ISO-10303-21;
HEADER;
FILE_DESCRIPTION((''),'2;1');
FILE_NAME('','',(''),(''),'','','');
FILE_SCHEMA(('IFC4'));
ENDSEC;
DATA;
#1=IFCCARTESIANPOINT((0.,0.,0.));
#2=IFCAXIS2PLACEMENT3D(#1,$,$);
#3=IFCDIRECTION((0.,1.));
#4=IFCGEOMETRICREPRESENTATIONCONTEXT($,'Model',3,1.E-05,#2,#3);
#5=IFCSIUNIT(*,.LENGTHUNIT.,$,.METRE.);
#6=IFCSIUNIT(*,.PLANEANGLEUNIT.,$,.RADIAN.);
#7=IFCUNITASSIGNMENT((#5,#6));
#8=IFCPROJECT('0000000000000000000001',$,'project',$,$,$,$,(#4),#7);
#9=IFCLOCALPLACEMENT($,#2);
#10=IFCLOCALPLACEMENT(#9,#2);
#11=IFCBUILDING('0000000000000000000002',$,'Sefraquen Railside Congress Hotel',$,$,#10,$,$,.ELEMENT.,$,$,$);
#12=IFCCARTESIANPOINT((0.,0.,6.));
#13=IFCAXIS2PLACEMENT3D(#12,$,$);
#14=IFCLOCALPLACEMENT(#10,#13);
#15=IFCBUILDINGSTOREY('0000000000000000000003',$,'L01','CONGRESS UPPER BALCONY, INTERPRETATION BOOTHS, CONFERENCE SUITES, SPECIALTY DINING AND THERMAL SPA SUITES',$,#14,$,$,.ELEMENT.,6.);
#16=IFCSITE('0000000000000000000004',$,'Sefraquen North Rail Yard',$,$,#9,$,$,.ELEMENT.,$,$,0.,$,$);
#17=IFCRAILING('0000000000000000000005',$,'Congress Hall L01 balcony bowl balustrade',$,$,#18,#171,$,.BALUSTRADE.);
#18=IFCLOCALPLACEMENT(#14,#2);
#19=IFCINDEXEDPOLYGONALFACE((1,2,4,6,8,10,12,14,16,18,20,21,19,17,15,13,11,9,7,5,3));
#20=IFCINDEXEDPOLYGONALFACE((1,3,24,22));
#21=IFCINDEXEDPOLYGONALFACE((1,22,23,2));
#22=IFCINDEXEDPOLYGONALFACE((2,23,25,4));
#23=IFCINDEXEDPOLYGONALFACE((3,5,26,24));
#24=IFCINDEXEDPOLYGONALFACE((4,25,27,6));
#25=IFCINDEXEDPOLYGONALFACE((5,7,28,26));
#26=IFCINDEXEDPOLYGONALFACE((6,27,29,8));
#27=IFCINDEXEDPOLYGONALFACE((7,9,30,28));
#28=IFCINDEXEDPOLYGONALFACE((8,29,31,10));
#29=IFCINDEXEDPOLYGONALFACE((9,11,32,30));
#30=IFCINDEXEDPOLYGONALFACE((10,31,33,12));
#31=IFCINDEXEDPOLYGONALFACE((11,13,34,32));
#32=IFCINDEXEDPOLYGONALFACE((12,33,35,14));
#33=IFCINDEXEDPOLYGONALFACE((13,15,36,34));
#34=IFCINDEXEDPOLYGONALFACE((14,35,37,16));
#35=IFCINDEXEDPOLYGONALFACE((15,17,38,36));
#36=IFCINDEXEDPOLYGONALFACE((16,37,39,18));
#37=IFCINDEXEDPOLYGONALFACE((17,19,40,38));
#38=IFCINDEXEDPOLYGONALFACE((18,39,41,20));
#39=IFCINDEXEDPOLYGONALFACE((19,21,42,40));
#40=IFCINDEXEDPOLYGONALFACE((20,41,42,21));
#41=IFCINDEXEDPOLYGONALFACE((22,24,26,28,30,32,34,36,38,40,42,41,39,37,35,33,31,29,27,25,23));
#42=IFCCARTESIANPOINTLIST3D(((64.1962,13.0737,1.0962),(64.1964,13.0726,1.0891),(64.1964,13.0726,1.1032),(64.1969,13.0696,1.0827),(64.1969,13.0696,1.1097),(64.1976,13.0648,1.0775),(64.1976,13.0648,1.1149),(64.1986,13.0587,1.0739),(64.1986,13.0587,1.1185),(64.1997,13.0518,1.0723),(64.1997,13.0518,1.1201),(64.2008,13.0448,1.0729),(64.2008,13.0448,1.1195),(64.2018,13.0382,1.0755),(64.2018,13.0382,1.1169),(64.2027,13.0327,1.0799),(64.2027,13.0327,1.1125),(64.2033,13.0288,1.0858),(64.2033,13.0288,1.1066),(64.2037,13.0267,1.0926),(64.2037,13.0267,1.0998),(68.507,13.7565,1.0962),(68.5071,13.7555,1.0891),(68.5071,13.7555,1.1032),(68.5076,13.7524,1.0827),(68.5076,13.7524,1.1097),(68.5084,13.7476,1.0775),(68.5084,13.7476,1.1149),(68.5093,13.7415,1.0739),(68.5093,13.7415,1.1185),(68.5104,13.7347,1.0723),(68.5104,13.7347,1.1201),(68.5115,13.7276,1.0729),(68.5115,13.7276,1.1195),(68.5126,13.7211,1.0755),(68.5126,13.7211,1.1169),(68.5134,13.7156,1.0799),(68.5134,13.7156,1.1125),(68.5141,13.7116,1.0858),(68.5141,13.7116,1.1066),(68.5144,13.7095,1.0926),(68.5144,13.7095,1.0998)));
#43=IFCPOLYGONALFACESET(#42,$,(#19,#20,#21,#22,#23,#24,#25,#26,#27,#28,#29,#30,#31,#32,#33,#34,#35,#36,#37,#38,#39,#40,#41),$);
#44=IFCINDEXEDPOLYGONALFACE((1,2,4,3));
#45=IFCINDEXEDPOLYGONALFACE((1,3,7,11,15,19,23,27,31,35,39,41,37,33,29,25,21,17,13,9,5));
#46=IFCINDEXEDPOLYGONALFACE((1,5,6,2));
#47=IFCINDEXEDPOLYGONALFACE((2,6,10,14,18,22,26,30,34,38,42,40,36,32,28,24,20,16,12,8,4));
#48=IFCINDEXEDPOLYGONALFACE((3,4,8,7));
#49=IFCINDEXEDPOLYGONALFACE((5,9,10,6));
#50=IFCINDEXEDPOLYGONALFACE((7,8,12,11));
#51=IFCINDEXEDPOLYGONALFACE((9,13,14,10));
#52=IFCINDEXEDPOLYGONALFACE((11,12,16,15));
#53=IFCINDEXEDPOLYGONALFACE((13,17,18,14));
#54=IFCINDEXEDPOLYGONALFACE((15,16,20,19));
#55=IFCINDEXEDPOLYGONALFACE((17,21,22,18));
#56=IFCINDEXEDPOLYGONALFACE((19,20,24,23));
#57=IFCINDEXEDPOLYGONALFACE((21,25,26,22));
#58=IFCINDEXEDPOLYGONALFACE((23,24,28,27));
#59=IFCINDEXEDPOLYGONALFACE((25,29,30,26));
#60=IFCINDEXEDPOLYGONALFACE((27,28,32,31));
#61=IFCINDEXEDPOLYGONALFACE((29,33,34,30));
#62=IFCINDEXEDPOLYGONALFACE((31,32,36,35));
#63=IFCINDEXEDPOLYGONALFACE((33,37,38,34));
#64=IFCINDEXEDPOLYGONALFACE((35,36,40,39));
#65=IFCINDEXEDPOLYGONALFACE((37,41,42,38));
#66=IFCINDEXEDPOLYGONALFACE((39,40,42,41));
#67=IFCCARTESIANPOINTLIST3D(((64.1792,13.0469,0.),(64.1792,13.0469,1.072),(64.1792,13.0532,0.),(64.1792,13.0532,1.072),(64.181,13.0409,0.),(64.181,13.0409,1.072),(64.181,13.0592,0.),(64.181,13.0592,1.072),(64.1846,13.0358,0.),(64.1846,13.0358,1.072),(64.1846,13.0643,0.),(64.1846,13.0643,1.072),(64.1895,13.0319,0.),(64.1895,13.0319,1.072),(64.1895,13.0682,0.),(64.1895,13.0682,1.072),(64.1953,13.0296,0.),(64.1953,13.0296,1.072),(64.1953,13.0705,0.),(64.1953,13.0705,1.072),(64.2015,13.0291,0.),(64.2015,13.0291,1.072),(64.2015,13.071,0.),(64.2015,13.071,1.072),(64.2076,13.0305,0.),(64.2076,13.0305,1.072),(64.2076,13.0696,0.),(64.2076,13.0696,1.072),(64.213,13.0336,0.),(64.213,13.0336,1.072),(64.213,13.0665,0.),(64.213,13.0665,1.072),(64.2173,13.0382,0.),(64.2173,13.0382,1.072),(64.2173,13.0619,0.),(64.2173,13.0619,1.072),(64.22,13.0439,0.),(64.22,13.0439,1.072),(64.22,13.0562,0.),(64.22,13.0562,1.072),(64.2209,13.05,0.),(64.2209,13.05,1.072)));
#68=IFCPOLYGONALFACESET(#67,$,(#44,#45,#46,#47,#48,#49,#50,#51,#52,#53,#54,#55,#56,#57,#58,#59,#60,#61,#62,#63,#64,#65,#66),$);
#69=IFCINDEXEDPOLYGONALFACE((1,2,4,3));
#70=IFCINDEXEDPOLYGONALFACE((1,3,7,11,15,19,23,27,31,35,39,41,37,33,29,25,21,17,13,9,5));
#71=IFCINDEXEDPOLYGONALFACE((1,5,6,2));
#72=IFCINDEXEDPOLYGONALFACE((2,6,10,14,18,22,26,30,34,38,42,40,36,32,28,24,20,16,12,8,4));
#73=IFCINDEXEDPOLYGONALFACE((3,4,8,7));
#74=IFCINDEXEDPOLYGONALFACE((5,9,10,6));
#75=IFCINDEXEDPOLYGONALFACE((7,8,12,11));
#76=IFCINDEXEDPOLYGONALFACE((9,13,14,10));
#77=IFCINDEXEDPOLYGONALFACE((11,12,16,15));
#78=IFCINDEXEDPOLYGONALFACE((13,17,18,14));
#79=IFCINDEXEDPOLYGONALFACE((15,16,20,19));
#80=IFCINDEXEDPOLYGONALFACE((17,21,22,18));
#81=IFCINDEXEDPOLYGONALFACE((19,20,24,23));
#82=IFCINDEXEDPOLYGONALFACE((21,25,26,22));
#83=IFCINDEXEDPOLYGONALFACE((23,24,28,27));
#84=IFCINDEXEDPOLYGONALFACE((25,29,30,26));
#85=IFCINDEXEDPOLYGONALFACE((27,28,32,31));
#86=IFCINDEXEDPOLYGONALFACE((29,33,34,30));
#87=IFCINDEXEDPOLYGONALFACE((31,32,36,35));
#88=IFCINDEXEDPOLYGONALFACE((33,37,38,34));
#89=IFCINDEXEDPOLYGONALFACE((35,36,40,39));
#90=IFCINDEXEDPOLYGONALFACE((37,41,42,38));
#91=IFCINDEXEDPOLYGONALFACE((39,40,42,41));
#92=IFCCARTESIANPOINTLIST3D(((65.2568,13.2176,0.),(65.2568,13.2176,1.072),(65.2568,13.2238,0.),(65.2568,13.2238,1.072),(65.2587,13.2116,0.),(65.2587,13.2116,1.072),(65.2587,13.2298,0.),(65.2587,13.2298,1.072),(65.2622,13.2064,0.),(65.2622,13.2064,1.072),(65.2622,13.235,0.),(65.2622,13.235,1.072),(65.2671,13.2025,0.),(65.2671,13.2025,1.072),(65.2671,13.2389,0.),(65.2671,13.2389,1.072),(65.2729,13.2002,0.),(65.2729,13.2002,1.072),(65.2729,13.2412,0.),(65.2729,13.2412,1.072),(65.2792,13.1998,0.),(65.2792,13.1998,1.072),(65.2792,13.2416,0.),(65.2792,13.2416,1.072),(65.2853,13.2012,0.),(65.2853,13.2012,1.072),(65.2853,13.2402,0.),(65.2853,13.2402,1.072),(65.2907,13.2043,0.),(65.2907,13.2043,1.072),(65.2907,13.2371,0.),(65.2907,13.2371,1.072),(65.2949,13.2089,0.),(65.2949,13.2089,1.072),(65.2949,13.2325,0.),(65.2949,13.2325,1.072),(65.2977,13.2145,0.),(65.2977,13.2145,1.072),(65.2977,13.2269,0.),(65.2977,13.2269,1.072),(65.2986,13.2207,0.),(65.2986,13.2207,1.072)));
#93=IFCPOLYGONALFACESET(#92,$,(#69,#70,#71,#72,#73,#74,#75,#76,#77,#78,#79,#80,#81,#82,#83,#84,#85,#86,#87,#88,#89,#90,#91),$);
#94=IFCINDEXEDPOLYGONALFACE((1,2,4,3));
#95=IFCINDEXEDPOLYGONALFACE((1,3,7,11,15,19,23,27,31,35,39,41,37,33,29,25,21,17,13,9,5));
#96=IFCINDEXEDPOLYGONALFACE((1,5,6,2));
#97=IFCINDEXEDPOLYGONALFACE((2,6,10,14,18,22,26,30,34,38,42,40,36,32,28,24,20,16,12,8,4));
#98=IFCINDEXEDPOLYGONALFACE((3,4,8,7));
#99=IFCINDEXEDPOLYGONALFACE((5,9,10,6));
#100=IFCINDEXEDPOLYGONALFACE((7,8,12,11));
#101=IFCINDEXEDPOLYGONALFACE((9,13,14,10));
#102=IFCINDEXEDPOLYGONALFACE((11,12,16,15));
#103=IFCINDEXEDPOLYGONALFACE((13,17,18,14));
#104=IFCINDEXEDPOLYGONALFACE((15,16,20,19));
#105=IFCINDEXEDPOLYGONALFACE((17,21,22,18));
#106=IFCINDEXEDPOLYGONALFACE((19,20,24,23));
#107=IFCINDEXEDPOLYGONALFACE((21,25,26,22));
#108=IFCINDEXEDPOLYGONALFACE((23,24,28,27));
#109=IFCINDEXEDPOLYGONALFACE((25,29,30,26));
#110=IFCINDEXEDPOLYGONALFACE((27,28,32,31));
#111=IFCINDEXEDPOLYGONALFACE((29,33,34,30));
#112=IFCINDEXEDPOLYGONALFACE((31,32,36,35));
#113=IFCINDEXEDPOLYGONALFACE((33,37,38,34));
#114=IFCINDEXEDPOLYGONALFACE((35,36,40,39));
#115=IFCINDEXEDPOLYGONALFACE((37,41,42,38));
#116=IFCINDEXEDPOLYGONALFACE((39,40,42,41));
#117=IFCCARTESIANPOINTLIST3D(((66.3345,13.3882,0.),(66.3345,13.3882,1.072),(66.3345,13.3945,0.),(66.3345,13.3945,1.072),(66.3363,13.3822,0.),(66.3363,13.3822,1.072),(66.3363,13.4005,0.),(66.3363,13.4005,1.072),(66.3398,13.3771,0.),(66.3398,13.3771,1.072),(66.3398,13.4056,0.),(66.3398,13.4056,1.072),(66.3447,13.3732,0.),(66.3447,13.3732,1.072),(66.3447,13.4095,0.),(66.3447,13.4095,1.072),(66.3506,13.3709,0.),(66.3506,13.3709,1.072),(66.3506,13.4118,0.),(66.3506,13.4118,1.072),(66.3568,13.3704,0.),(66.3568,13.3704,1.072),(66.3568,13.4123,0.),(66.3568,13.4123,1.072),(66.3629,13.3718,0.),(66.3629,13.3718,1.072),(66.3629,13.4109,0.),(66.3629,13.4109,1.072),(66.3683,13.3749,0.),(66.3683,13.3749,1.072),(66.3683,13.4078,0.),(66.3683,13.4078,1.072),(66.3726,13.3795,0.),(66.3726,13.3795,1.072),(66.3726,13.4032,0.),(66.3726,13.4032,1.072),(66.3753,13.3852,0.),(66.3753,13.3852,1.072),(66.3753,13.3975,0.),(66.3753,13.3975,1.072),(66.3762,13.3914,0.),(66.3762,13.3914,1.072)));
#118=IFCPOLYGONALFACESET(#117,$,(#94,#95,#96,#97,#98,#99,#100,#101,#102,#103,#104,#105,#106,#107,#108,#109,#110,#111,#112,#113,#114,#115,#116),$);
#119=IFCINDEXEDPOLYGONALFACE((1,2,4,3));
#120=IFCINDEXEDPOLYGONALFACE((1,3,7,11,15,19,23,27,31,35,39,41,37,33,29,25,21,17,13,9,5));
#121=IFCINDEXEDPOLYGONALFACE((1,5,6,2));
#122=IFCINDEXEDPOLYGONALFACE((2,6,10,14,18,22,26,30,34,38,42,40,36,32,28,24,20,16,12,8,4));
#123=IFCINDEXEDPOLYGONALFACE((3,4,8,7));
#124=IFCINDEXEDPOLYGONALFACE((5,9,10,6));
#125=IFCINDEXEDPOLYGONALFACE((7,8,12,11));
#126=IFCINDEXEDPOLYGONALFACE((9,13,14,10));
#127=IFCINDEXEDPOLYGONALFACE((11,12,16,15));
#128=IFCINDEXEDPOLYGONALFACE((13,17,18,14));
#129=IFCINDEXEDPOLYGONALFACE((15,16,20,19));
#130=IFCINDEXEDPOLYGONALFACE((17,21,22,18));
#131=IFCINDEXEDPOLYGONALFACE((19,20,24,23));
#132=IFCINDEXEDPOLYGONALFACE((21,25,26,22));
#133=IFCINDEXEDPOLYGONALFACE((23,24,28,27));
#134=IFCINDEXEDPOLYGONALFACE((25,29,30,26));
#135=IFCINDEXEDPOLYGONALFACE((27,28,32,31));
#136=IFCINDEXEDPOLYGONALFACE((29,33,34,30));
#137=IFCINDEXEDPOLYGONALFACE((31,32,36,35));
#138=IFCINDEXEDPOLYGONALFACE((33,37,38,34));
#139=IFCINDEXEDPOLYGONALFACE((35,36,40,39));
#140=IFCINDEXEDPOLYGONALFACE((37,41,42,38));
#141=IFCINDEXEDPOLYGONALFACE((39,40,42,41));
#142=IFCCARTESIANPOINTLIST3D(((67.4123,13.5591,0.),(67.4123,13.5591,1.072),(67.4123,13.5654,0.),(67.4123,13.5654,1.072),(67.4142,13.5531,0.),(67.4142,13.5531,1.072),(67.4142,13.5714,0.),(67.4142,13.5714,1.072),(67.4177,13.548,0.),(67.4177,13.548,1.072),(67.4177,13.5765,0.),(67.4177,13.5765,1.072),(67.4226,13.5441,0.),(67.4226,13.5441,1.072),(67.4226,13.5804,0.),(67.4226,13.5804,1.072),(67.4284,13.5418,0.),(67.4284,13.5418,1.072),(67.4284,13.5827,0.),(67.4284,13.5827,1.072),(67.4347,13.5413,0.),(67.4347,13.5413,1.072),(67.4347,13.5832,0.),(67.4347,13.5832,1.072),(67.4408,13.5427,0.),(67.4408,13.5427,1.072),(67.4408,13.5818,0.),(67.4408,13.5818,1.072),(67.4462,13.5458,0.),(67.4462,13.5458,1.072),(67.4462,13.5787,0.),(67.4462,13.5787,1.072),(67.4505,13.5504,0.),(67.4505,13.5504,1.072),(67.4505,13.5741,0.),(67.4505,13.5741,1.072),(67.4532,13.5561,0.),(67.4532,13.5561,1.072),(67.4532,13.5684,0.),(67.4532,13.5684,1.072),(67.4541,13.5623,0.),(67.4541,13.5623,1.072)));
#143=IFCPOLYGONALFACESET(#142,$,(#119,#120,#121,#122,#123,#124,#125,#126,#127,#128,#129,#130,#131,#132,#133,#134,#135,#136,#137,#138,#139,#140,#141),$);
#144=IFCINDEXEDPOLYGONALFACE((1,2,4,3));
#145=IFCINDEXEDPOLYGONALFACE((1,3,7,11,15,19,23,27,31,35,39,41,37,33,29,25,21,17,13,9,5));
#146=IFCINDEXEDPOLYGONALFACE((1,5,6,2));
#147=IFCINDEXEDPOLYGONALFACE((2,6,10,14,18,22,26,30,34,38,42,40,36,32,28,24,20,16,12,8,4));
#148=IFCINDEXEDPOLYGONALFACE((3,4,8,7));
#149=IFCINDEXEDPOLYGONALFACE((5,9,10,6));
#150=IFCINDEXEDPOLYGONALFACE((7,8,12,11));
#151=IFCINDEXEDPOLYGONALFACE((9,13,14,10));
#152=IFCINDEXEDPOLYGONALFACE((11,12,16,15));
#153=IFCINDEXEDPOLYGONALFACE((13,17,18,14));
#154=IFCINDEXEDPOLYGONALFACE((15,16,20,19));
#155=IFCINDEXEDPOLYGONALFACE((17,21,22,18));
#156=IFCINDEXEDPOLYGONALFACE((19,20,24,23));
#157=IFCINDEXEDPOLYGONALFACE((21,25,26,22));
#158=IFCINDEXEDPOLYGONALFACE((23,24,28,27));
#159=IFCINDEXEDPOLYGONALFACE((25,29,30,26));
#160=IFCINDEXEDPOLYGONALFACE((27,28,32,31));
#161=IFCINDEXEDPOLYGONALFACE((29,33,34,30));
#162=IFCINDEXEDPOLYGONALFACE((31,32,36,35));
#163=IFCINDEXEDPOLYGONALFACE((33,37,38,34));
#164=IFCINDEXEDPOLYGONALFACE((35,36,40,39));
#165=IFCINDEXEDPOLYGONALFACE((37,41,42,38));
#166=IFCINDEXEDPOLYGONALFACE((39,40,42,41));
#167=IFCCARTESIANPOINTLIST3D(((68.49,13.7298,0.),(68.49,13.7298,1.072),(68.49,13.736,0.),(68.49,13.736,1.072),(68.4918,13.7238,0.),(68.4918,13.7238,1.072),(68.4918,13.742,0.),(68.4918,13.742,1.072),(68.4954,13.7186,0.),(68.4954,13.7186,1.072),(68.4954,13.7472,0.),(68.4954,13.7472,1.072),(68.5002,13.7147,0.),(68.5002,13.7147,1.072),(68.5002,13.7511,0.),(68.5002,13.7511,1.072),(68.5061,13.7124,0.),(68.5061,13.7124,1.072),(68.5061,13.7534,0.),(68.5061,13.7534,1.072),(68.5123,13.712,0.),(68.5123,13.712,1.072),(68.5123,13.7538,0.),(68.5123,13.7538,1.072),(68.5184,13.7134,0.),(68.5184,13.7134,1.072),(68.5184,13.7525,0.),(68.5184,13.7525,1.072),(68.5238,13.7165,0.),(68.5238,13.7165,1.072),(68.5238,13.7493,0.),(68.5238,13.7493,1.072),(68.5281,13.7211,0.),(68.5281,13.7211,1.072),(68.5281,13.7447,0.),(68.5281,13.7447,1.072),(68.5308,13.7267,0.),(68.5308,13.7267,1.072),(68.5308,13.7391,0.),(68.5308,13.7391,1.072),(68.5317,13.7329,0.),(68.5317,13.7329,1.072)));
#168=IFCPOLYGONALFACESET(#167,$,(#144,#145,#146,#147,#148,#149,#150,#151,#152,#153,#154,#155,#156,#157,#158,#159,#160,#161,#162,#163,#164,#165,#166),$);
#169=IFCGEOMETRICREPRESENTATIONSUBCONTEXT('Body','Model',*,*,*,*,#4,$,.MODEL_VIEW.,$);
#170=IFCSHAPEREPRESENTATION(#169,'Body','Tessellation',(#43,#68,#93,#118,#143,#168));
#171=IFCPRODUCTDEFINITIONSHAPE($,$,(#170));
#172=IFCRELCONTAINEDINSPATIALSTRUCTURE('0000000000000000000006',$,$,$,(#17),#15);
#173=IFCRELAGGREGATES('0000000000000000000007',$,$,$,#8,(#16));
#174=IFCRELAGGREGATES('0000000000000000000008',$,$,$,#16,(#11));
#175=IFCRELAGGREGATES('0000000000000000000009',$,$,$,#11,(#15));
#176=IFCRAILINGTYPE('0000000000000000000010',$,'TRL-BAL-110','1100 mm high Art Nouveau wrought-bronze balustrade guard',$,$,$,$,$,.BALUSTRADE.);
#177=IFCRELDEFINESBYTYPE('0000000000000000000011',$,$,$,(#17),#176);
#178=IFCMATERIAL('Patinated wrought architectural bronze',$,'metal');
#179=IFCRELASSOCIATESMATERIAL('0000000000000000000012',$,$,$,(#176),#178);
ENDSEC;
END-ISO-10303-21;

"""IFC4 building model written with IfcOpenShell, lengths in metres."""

from ifc_helpers import new_model, si_unit, direction, frame, origin, origin_2d, place, context, subcontext, project, spatial, circle, extrude, material, type_object, element, save


model = new_model("IFC4")

# Units and contexts
model_context = context("Model", 3, precision=1e-05, world=origin(), true_north=direction((0.0, 1.0)))
body_context = subcontext(model_context, "Body", "Model", "MODEL_VIEW")
ifc_project = project(units=[si_unit("LENGTHUNIT", "METRE"), si_unit("PLANEANGLEUNIT", "RADIAN")], contexts=[model_context])

# Site, building, storey
site_placement = place(None, origin())
site = spatial("IfcSite", under=ifc_project, at=site_placement, Name="Sefraquen North Rail Yard", CompositionType="ELEMENT", RefElevation=0.0)
building_placement = place(site_placement, origin())
building = spatial("IfcBuilding", under=site, at=building_placement, Name="Sefraquen Railside Congress Hotel", CompositionType="ELEMENT")
storey_placement = place(building_placement, frame((0.0, 0.0, 6.0)))
storey = spatial("IfcBuildingStorey", under=building, at=storey_placement, Name="L01", Description="CONGRESS UPPER BALCONY, INTERPRETATION BOOTHS, CONFERENCE SUITES, SPECIALTY DINING AND THERMAL SPA SUITES", CompositionType="ELEMENT", Elevation=6.0)

# Railing
ifc_material_1 = material(Name="Patinated wrought architectural bronze", Category="metal")
railing_type = type_object("IfcRailingType", Name="TRL-BAL-110", Description="1100 mm high Art Nouveau wrought-bronze balustrade guard", PredefinedType="BALUSTRADE", material=ifc_material_1)
railing_1_placement = place(storey_placement, frame((64.2, 13.05, 0.0)))
element("IfcRailing", 1, at=railing_1_placement, inside=storey, type_object=railing_type, Name="Congress Hall L01 balcony bowl balustrade", PredefinedType="BALUSTRADE", context=body_context, shape_type="SweptSolid", body=[
    extrude(circle(Radius=0.0239, at=origin_2d()), frame((0.0, 0.0, 1.0962), z_axis=(0.987685, 0.156457, 0.0), x_axis=(-0.156457, 0.987685, 0.0)), (0.0, 0.0, 1.0), 4.3645),
    extrude(circle(Radius=0.021, at=origin_2d()), origin(), (0.0, 0.0, 1.0), 1.072),
    extrude(circle(Radius=0.021, at=origin_2d()), frame((1.0776, 0.1707, 0.0)), (0.0, 0.0, 1.0), 1.072),
    extrude(circle(Radius=0.021, at=origin_2d()), frame((2.1553, 0.3413, 0.0)), (0.0, 0.0, 1.0), 1.072),
    extrude(circle(Radius=0.021, at=origin_2d()), frame((3.2332, 0.5122, 0.0)), (0.0, 0.0, 1.0), 1.072),
    extrude(circle(Radius=0.021, at=origin_2d()), frame((4.3108, 0.6829, 0.0)), (0.0, 0.0, 1.0), 1.072),
])

save(model, "model.ifc")
